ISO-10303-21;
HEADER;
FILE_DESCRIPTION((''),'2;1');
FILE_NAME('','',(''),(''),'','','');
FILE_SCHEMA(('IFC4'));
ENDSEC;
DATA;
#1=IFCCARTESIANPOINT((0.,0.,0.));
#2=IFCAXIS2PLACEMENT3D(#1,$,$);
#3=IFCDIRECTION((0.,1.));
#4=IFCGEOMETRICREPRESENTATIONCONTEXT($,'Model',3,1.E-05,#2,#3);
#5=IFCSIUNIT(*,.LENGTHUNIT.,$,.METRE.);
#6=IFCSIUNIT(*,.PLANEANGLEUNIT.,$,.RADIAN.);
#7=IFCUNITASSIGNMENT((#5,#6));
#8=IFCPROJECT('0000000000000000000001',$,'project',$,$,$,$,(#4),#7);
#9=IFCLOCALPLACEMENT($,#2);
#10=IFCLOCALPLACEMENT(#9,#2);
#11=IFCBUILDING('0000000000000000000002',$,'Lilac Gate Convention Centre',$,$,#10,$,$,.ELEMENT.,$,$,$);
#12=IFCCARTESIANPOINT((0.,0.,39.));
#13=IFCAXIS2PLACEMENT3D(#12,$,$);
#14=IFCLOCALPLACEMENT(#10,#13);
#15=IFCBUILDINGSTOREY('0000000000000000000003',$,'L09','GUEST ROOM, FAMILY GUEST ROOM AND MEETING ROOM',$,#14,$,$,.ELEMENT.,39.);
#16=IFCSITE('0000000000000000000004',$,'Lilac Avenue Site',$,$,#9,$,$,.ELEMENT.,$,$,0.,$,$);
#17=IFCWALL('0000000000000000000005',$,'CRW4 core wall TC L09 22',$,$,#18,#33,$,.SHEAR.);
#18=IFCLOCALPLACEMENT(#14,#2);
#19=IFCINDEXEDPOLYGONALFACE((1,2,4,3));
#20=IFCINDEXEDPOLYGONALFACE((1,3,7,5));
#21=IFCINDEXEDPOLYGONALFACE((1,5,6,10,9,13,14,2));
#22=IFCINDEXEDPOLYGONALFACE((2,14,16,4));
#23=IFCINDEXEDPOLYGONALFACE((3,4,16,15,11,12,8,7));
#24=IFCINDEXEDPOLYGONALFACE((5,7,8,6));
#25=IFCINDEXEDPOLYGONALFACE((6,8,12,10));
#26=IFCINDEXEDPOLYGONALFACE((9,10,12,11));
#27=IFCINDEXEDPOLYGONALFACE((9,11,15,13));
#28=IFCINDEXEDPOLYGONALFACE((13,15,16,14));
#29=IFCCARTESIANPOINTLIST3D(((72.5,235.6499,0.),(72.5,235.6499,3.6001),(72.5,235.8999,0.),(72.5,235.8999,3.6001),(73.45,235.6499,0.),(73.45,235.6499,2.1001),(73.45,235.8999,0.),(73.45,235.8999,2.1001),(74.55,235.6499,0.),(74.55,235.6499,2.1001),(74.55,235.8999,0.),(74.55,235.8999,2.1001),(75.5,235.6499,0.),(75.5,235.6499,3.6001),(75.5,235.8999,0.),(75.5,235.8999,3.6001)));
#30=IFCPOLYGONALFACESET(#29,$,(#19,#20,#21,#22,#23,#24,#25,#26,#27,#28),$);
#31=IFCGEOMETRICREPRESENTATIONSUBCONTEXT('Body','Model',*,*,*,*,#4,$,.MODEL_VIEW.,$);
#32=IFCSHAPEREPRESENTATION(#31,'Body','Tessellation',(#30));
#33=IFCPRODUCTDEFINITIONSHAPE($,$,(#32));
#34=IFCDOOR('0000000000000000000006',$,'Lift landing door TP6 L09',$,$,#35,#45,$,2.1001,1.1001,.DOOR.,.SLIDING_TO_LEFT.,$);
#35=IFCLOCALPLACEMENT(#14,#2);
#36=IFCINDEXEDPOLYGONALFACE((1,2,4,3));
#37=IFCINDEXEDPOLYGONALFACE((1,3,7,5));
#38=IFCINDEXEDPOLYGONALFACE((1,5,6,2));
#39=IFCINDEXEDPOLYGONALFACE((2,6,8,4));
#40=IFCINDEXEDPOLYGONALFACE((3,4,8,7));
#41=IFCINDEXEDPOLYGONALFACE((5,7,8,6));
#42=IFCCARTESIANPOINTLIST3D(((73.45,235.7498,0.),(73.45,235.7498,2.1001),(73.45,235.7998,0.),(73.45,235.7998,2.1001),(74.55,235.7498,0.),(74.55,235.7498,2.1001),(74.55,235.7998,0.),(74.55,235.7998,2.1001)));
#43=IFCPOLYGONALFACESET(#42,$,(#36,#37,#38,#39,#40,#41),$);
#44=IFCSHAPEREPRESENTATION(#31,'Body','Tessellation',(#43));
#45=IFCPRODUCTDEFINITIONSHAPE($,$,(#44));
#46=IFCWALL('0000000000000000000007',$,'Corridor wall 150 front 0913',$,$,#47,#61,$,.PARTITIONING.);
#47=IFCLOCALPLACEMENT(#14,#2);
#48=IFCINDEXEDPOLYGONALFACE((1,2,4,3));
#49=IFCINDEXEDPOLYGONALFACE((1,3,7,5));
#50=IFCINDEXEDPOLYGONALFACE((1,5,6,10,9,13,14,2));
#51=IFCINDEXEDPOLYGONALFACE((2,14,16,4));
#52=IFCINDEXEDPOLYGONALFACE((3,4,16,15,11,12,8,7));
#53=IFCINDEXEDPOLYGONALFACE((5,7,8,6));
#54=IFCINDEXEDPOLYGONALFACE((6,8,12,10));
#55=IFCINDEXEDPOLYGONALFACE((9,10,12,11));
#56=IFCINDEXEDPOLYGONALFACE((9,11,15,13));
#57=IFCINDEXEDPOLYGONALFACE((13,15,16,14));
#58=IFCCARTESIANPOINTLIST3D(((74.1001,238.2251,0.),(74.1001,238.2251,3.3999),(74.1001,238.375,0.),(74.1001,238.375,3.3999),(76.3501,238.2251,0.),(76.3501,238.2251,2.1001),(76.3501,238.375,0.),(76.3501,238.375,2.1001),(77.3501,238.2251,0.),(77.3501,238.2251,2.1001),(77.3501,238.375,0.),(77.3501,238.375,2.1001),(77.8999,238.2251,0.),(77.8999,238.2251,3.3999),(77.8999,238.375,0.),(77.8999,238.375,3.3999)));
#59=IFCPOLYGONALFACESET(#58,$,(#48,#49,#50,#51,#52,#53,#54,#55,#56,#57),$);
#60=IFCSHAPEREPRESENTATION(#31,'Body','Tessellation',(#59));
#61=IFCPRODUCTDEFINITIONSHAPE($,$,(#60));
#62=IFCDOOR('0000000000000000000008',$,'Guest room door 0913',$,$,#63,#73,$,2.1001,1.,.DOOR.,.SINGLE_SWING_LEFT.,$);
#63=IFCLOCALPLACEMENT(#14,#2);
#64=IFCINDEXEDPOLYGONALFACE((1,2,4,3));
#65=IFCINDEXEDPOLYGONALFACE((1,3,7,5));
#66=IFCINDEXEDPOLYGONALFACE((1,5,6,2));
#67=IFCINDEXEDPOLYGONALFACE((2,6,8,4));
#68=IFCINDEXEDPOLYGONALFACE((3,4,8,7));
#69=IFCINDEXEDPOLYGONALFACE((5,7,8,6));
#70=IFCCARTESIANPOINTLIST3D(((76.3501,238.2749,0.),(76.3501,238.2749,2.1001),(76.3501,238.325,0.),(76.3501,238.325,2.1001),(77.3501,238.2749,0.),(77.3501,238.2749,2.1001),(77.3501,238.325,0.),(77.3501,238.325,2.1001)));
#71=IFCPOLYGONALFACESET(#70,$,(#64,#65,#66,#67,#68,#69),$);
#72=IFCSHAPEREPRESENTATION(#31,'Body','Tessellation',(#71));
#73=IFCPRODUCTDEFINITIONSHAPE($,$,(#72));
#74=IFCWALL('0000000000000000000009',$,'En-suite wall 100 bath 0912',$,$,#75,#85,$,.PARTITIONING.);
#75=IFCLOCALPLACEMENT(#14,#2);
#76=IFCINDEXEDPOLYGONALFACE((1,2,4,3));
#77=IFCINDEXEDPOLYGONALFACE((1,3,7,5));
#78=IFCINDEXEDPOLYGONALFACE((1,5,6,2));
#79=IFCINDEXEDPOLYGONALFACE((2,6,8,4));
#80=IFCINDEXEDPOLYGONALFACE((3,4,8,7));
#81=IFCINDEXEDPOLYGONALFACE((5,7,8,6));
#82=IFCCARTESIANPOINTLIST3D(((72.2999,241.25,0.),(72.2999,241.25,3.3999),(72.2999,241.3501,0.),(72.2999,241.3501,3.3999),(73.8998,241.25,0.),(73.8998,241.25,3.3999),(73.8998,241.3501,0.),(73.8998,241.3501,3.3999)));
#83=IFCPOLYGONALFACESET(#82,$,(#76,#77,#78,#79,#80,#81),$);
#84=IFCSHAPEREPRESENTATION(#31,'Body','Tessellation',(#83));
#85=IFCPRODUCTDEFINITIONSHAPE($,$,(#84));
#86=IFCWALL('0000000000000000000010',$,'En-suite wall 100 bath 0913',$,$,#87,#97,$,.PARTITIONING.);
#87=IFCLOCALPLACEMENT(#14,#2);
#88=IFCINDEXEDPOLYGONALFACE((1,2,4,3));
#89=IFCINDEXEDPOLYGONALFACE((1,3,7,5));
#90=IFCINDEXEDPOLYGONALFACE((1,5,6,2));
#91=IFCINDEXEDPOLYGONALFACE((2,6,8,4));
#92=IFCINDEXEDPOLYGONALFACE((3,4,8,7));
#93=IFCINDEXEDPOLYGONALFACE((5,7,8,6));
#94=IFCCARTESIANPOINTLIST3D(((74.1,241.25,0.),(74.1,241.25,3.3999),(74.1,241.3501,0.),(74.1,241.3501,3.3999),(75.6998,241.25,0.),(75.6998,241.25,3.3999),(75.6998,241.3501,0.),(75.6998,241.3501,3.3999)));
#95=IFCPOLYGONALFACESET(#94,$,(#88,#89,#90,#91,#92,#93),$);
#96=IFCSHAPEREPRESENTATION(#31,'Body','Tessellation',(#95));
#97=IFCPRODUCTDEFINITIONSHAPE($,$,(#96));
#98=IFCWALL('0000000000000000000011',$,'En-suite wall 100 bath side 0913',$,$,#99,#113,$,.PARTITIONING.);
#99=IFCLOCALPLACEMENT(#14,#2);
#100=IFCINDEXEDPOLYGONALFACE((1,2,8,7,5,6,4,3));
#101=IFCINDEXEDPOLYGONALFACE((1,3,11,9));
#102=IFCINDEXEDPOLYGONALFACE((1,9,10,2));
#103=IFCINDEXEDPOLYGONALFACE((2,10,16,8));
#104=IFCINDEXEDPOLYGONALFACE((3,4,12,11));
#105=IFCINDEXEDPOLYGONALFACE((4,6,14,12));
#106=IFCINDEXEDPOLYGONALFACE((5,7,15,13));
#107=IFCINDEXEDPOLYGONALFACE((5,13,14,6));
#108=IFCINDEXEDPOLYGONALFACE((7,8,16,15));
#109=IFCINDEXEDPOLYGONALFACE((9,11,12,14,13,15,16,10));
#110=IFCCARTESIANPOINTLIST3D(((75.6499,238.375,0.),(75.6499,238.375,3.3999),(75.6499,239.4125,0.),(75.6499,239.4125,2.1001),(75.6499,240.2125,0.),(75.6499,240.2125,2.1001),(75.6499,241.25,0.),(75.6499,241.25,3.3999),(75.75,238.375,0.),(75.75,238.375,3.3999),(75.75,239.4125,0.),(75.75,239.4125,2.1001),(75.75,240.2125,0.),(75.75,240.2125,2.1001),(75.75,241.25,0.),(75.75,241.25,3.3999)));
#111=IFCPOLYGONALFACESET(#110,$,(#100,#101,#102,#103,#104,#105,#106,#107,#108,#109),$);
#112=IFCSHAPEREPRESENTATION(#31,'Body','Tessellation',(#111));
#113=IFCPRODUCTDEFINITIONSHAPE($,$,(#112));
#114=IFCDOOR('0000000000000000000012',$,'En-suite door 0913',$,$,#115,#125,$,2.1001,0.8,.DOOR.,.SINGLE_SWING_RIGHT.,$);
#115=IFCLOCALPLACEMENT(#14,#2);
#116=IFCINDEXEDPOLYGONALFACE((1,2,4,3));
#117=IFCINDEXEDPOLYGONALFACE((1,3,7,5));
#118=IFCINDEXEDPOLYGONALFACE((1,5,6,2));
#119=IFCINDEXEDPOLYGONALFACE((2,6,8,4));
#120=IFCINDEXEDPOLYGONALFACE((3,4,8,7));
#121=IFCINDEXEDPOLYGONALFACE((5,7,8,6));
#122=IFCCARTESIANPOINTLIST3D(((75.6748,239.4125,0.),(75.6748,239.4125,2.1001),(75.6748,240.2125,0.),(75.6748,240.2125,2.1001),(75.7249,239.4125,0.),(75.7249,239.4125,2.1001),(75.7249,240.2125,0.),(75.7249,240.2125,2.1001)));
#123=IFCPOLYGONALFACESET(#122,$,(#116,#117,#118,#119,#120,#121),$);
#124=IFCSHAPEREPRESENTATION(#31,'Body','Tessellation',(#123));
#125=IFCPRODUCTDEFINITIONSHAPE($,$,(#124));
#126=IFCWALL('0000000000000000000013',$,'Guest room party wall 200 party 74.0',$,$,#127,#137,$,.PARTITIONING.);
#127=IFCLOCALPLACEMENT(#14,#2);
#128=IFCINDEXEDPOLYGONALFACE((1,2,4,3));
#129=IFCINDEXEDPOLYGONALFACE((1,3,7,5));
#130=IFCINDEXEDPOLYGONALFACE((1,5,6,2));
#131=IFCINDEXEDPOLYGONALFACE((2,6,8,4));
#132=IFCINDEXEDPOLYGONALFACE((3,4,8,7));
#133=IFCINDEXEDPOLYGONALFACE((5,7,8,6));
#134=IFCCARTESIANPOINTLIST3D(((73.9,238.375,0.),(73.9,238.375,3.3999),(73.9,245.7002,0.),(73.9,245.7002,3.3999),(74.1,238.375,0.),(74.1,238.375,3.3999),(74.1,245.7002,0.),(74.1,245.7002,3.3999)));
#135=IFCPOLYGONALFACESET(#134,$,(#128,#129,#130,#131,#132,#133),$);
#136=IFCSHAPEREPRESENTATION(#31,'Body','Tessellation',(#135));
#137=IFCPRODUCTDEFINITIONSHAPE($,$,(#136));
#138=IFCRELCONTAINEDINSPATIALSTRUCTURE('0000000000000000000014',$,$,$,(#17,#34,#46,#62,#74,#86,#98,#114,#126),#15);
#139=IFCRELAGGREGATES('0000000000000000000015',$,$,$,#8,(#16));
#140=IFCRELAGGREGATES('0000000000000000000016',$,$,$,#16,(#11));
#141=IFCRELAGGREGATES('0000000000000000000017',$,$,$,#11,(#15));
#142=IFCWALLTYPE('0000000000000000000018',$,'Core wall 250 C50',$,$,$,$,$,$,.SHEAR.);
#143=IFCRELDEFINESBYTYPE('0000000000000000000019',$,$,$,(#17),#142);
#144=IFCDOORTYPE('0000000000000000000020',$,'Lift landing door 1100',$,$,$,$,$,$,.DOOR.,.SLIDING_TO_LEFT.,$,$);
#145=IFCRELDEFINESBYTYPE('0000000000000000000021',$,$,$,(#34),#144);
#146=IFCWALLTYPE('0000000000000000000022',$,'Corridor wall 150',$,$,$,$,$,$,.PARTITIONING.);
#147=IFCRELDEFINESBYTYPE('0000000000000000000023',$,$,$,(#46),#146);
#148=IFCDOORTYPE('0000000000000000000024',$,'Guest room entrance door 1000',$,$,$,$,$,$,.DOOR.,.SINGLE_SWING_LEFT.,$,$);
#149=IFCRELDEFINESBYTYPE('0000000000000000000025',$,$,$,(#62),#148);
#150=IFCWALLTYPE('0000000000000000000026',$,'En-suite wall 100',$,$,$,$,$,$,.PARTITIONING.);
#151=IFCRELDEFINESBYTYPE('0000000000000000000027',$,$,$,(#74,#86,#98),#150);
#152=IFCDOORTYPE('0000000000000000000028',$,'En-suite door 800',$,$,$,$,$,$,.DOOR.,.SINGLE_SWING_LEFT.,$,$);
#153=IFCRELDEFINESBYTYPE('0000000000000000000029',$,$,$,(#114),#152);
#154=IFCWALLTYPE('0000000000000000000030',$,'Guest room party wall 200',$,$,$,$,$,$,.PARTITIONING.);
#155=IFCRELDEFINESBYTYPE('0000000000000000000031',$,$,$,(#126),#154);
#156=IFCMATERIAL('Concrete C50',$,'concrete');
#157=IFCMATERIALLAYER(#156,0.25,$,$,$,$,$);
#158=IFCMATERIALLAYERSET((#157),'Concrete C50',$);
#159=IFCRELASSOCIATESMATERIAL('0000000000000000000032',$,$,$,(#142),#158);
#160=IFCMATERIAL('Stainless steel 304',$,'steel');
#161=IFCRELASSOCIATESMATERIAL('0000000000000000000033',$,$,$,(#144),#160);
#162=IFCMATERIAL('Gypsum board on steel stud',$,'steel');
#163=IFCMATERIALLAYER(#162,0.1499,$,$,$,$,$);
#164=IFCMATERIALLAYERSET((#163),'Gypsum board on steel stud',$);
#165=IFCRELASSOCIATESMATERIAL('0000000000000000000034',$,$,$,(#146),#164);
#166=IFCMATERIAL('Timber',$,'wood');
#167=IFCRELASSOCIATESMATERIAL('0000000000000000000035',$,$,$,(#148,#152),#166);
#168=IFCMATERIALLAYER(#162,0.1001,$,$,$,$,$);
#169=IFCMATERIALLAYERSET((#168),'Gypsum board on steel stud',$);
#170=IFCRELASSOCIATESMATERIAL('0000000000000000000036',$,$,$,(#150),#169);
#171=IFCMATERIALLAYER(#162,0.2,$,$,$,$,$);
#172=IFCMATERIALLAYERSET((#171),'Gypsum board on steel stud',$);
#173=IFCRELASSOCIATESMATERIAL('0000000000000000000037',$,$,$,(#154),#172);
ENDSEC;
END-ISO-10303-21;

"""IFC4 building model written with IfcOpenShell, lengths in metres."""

from ifc_helpers import new_model, si_unit, direction, frame, frame_2d, origin, place, context, subcontext, project, spatial, rectangle, extrude, material, layer, layer_set, type_object, element, fill, save


model = new_model("IFC4")

# Units and contexts
model_context = context("Model", 3, precision=1e-05, world=origin(), true_north=direction((0.0, 1.0)))
body_context = subcontext(model_context, "Body", "Model", "MODEL_VIEW")
ifc_project = project(units=[si_unit("LENGTHUNIT", "METRE"), si_unit("PLANEANGLEUNIT", "RADIAN")], contexts=[model_context])

# Site, building, storey
site_placement = place(None, origin())
site = spatial("IfcSite", under=ifc_project, at=site_placement, Name="Lilac Avenue Site", CompositionType="ELEMENT", RefElevation=0.0)
building_placement = place(site_placement, origin())
building = spatial("IfcBuilding", under=site, at=building_placement, Name="Lilac Gate Convention Centre", CompositionType="ELEMENT")
storey_placement = place(building_placement, frame((0.0, 0.0, 39.0)))
storey = spatial("IfcBuildingStorey", under=building, at=storey_placement, Name="L09", Description="GUEST ROOM, FAMILY GUEST ROOM AND MEETING ROOM", CompositionType="ELEMENT", Elevation=39.0)

# Walls, openings, doors
ifc_material_1 = material(Name="Concrete C50", Category="concrete")
ifc_layer_1 = layer(ifc_material_1, 0.25)
ifc_layer_set_1 = layer_set([ifc_layer_1], Name="Concrete C50")
wall_type_1 = type_object("IfcWallType", Name="Core wall 250 C50", PredefinedType="SHEAR", material=ifc_layer_set_1)
wall_1_placement = place(storey_placement, frame((72.5, 235.7749, 0.0), z_axis=(0.0, 0.0, 1.0), x_axis=(1.0, 0.0, 0.0)))
wall_1 = element("IfcWall", 1, at=wall_1_placement, inside=storey, type_object=wall_type_1, Name="CRW4 core wall TC L09 22", PredefinedType="SHEAR", context=body_context, shape_type="SweptSolid", body=[
    extrude(rectangle(XDim=3.0, YDim=0.25, at=frame_2d((1.5, 0.0))), origin(), (0.0, 0.0, 1.0), 3.6001),
])
opening_1_placement = place(wall_1_placement, frame((0.95, 0.0, 0.0)))
opening_1 = element("IfcOpeningElement", 2, at=opening_1_placement, cuts=wall_1, PredefinedType="OPENING", context=body_context, shape_type="SweptSolid", body=[
    extrude(rectangle(XDim=1.1001, YDim=2.1001, at=frame_2d((0.55, 1.05))), frame((0.0, 0.135, 0.0), z_axis=(0.0, -1.0, 0.0), x_axis=(1.0, 0.0, 0.0)), (0.0, 0.0, 1.0), 0.27),
])
ifc_material_2 = material(Name="Stainless steel 304", Category="steel")
door_type_1 = type_object("IfcDoorType", Name="Lift landing door 1100", OperationType="SLIDING_TO_LEFT", PredefinedType="DOOR", material=ifc_material_2)
door_1_placement = place(opening_1_placement, origin())
door_1 = element("IfcDoor", 3, at=door_1_placement, inside=storey, type_object=door_type_1, Name="Lift landing door TP6 L09", OperationType="SLIDING_TO_LEFT", OverallHeight=2.1001, OverallWidth=1.1001, PredefinedType="DOOR", context=body_context, shape_type="SweptSolid", body=[
    extrude(rectangle(XDim=1.1001, YDim=2.1001, at=frame_2d((0.55, 1.05))), frame((0.0, 0.0249, 0.0), z_axis=(0.0, -1.0, 0.0), x_axis=(1.0, 0.0, 0.0)), (0.0, 0.0, 1.0), 0.05),
])
fill(opening_1, door_1)
ifc_material_3 = material(Name="Gypsum board on steel stud", Category="steel")
ifc_layer_2 = layer(ifc_material_3, 0.1499)
ifc_layer_set_2 = layer_set([ifc_layer_2], Name="Gypsum board on steel stud")
wall_type_2 = type_object("IfcWallType", Name="Corridor wall 150", PredefinedType="PARTITIONING", material=ifc_layer_set_2)
wall_2_placement = place(storey_placement, frame((74.1001, 238.3, 0.0), z_axis=(0.0, 0.0, 1.0), x_axis=(1.0, 0.0, 0.0)))
wall_2 = element("IfcWall", 4, at=wall_2_placement, inside=storey, type_object=wall_type_2, Name="Corridor wall 150 front 0913", PredefinedType="PARTITIONING", context=body_context, shape_type="SweptSolid", body=[
    extrude(rectangle(XDim=3.7998, YDim=0.1499, at=frame_2d((1.8999, 0.0))), origin(), (0.0, 0.0, 1.0), 3.3999),
])
opening_2_placement = place(wall_2_placement, frame((2.25, 0.0, 0.0)))
opening_2 = element("IfcOpeningElement", 5, at=opening_2_placement, cuts=wall_2, PredefinedType="OPENING", context=body_context, shape_type="SweptSolid", body=[
    extrude(rectangle(XDim=1.0, YDim=2.1001, at=frame_2d((0.5, 1.05))), frame((0.0, 0.085, 0.0), z_axis=(0.0, -1.0, 0.0), x_axis=(1.0, 0.0, 0.0)), (0.0, 0.0, 1.0), 0.1699),
])
ifc_material_4 = material(Name="Timber", Category="wood")
door_type_2 = type_object("IfcDoorType", Name="Guest room entrance door 1000", OperationType="SINGLE_SWING_LEFT", PredefinedType="DOOR", material=ifc_material_4)
door_2_placement = place(opening_2_placement, origin())
door_2 = element("IfcDoor", 6, at=door_2_placement, inside=storey, type_object=door_type_2, Name="Guest room door 0913", OperationType="SINGLE_SWING_LEFT", OverallHeight=2.1001, OverallWidth=1.0, PredefinedType="DOOR", context=body_context, shape_type="SweptSolid", body=[
    extrude(rectangle(XDim=1.0, YDim=2.1001, at=frame_2d((0.5, 1.05))), frame((0.0, 0.0249, 0.0), z_axis=(0.0, -1.0, 0.0), x_axis=(1.0, 0.0, 0.0)), (0.0, 0.0, 1.0), 0.05),
])
fill(opening_2, door_2)

# Walls
ifc_layer_3 = layer(ifc_material_3, 0.1001)
ifc_layer_set_3 = layer_set([ifc_layer_3], Name="Gypsum board on steel stud")
wall_type_3 = type_object("IfcWallType", Name="En-suite wall 100", PredefinedType="PARTITIONING", material=ifc_layer_set_3)
for number, where, z_axis, x_axis, name in (
    (7, (72.3, 241.3, 0.0), (0.0, 0.0, 1.0), (1.0, 0.0, 0.0), "En-suite wall 100 bath 0912"),
    (8, (74.1001, 241.3, 0.0), (0.0, 0.0, 1.0), (1.0, 0.0, 0.0), "En-suite wall 100 bath 0913"),
):
    element("IfcWall", number, at=place(storey_placement, frame(where, z_axis=z_axis, x_axis=x_axis)), inside=storey, type_object=wall_type_3, Name=name, PredefinedType="PARTITIONING", context=body_context, shape_type="SweptSolid", body=[
        extrude(rectangle(XDim=1.5999, YDim=0.1001, at=frame_2d((0.7998, 0.0))), origin(), (0.0, 0.0, 1.0), 3.3999),
    ])

# Wall, opening, door
wall_3_placement = place(storey_placement, frame((75.7, 241.25, 0.0), z_axis=(0.0, 0.0, 1.0), x_axis=(0.0, -1.0, 0.0)))
wall_3 = element("IfcWall", 9, at=wall_3_placement, inside=storey, type_object=wall_type_3, Name="En-suite wall 100 bath side 0913", PredefinedType="PARTITIONING", context=body_context, shape_type="SweptSolid", body=[
    extrude(rectangle(XDim=2.875, YDim=0.1001, at=frame_2d((1.4375, 0.0))), origin(), (0.0, 0.0, 1.0), 3.3999),
])
opening_3_placement = place(wall_3_placement, frame((1.0376, 0.0, 0.0)))
opening_3 = element("IfcOpeningElement", 10, at=opening_3_placement, cuts=wall_3, PredefinedType="OPENING", context=body_context, shape_type="SweptSolid", body=[
    extrude(rectangle(XDim=0.8, YDim=2.1001, at=frame_2d((0.3999, 1.05))), frame((0.0, 0.0601, 0.0), z_axis=(0.0, -1.0, 0.0), x_axis=(1.0, 0.0, 0.0)), (0.0, 0.0, 1.0), 0.1201),
])
door_type_3 = type_object("IfcDoorType", Name="En-suite door 800", OperationType="SINGLE_SWING_LEFT", PredefinedType="DOOR", material=ifc_material_4)
door_3_placement = place(opening_3_placement, origin())
door_3 = element("IfcDoor", 11, at=door_3_placement, inside=storey, type_object=door_type_3, Name="En-suite door 0913", OperationType="SINGLE_SWING_RIGHT", OverallHeight=2.1001, OverallWidth=0.8, PredefinedType="DOOR", context=body_context, shape_type="SweptSolid", body=[
    extrude(rectangle(XDim=0.8, YDim=2.1001, at=frame_2d((0.3999, 1.05))), frame((0.0, 0.0249, 0.0), z_axis=(0.0, -1.0, 0.0), x_axis=(1.0, 0.0, 0.0)), (0.0, 0.0, 1.0), 0.05),
])
fill(opening_3, door_3)

# Wall
ifc_layer_4 = layer(ifc_material_3, 0.2)
ifc_layer_set_4 = layer_set([ifc_layer_4], Name="Gypsum board on steel stud")
wall_type_4 = type_object("IfcWallType", Name="Guest room party wall 200", PredefinedType="PARTITIONING", material=ifc_layer_set_4)
wall_4_placement = place(storey_placement, frame((74.0, 245.7002, 0.0), z_axis=(0.0, 0.0, 1.0), x_axis=(0.0, -1.0, 0.0)))
element("IfcWall", 12, at=wall_4_placement, inside=storey, type_object=wall_type_4, Name="Guest room party wall 200 party 74.0", PredefinedType="PARTITIONING", context=body_context, shape_type="SweptSolid", body=[
    extrude(rectangle(XDim=7.3252, YDim=0.2, at=frame_2d((3.6626, 0.0))), origin(), (0.0, 0.0, 1.0), 3.3999),
])

save(model, "model.ifc")
